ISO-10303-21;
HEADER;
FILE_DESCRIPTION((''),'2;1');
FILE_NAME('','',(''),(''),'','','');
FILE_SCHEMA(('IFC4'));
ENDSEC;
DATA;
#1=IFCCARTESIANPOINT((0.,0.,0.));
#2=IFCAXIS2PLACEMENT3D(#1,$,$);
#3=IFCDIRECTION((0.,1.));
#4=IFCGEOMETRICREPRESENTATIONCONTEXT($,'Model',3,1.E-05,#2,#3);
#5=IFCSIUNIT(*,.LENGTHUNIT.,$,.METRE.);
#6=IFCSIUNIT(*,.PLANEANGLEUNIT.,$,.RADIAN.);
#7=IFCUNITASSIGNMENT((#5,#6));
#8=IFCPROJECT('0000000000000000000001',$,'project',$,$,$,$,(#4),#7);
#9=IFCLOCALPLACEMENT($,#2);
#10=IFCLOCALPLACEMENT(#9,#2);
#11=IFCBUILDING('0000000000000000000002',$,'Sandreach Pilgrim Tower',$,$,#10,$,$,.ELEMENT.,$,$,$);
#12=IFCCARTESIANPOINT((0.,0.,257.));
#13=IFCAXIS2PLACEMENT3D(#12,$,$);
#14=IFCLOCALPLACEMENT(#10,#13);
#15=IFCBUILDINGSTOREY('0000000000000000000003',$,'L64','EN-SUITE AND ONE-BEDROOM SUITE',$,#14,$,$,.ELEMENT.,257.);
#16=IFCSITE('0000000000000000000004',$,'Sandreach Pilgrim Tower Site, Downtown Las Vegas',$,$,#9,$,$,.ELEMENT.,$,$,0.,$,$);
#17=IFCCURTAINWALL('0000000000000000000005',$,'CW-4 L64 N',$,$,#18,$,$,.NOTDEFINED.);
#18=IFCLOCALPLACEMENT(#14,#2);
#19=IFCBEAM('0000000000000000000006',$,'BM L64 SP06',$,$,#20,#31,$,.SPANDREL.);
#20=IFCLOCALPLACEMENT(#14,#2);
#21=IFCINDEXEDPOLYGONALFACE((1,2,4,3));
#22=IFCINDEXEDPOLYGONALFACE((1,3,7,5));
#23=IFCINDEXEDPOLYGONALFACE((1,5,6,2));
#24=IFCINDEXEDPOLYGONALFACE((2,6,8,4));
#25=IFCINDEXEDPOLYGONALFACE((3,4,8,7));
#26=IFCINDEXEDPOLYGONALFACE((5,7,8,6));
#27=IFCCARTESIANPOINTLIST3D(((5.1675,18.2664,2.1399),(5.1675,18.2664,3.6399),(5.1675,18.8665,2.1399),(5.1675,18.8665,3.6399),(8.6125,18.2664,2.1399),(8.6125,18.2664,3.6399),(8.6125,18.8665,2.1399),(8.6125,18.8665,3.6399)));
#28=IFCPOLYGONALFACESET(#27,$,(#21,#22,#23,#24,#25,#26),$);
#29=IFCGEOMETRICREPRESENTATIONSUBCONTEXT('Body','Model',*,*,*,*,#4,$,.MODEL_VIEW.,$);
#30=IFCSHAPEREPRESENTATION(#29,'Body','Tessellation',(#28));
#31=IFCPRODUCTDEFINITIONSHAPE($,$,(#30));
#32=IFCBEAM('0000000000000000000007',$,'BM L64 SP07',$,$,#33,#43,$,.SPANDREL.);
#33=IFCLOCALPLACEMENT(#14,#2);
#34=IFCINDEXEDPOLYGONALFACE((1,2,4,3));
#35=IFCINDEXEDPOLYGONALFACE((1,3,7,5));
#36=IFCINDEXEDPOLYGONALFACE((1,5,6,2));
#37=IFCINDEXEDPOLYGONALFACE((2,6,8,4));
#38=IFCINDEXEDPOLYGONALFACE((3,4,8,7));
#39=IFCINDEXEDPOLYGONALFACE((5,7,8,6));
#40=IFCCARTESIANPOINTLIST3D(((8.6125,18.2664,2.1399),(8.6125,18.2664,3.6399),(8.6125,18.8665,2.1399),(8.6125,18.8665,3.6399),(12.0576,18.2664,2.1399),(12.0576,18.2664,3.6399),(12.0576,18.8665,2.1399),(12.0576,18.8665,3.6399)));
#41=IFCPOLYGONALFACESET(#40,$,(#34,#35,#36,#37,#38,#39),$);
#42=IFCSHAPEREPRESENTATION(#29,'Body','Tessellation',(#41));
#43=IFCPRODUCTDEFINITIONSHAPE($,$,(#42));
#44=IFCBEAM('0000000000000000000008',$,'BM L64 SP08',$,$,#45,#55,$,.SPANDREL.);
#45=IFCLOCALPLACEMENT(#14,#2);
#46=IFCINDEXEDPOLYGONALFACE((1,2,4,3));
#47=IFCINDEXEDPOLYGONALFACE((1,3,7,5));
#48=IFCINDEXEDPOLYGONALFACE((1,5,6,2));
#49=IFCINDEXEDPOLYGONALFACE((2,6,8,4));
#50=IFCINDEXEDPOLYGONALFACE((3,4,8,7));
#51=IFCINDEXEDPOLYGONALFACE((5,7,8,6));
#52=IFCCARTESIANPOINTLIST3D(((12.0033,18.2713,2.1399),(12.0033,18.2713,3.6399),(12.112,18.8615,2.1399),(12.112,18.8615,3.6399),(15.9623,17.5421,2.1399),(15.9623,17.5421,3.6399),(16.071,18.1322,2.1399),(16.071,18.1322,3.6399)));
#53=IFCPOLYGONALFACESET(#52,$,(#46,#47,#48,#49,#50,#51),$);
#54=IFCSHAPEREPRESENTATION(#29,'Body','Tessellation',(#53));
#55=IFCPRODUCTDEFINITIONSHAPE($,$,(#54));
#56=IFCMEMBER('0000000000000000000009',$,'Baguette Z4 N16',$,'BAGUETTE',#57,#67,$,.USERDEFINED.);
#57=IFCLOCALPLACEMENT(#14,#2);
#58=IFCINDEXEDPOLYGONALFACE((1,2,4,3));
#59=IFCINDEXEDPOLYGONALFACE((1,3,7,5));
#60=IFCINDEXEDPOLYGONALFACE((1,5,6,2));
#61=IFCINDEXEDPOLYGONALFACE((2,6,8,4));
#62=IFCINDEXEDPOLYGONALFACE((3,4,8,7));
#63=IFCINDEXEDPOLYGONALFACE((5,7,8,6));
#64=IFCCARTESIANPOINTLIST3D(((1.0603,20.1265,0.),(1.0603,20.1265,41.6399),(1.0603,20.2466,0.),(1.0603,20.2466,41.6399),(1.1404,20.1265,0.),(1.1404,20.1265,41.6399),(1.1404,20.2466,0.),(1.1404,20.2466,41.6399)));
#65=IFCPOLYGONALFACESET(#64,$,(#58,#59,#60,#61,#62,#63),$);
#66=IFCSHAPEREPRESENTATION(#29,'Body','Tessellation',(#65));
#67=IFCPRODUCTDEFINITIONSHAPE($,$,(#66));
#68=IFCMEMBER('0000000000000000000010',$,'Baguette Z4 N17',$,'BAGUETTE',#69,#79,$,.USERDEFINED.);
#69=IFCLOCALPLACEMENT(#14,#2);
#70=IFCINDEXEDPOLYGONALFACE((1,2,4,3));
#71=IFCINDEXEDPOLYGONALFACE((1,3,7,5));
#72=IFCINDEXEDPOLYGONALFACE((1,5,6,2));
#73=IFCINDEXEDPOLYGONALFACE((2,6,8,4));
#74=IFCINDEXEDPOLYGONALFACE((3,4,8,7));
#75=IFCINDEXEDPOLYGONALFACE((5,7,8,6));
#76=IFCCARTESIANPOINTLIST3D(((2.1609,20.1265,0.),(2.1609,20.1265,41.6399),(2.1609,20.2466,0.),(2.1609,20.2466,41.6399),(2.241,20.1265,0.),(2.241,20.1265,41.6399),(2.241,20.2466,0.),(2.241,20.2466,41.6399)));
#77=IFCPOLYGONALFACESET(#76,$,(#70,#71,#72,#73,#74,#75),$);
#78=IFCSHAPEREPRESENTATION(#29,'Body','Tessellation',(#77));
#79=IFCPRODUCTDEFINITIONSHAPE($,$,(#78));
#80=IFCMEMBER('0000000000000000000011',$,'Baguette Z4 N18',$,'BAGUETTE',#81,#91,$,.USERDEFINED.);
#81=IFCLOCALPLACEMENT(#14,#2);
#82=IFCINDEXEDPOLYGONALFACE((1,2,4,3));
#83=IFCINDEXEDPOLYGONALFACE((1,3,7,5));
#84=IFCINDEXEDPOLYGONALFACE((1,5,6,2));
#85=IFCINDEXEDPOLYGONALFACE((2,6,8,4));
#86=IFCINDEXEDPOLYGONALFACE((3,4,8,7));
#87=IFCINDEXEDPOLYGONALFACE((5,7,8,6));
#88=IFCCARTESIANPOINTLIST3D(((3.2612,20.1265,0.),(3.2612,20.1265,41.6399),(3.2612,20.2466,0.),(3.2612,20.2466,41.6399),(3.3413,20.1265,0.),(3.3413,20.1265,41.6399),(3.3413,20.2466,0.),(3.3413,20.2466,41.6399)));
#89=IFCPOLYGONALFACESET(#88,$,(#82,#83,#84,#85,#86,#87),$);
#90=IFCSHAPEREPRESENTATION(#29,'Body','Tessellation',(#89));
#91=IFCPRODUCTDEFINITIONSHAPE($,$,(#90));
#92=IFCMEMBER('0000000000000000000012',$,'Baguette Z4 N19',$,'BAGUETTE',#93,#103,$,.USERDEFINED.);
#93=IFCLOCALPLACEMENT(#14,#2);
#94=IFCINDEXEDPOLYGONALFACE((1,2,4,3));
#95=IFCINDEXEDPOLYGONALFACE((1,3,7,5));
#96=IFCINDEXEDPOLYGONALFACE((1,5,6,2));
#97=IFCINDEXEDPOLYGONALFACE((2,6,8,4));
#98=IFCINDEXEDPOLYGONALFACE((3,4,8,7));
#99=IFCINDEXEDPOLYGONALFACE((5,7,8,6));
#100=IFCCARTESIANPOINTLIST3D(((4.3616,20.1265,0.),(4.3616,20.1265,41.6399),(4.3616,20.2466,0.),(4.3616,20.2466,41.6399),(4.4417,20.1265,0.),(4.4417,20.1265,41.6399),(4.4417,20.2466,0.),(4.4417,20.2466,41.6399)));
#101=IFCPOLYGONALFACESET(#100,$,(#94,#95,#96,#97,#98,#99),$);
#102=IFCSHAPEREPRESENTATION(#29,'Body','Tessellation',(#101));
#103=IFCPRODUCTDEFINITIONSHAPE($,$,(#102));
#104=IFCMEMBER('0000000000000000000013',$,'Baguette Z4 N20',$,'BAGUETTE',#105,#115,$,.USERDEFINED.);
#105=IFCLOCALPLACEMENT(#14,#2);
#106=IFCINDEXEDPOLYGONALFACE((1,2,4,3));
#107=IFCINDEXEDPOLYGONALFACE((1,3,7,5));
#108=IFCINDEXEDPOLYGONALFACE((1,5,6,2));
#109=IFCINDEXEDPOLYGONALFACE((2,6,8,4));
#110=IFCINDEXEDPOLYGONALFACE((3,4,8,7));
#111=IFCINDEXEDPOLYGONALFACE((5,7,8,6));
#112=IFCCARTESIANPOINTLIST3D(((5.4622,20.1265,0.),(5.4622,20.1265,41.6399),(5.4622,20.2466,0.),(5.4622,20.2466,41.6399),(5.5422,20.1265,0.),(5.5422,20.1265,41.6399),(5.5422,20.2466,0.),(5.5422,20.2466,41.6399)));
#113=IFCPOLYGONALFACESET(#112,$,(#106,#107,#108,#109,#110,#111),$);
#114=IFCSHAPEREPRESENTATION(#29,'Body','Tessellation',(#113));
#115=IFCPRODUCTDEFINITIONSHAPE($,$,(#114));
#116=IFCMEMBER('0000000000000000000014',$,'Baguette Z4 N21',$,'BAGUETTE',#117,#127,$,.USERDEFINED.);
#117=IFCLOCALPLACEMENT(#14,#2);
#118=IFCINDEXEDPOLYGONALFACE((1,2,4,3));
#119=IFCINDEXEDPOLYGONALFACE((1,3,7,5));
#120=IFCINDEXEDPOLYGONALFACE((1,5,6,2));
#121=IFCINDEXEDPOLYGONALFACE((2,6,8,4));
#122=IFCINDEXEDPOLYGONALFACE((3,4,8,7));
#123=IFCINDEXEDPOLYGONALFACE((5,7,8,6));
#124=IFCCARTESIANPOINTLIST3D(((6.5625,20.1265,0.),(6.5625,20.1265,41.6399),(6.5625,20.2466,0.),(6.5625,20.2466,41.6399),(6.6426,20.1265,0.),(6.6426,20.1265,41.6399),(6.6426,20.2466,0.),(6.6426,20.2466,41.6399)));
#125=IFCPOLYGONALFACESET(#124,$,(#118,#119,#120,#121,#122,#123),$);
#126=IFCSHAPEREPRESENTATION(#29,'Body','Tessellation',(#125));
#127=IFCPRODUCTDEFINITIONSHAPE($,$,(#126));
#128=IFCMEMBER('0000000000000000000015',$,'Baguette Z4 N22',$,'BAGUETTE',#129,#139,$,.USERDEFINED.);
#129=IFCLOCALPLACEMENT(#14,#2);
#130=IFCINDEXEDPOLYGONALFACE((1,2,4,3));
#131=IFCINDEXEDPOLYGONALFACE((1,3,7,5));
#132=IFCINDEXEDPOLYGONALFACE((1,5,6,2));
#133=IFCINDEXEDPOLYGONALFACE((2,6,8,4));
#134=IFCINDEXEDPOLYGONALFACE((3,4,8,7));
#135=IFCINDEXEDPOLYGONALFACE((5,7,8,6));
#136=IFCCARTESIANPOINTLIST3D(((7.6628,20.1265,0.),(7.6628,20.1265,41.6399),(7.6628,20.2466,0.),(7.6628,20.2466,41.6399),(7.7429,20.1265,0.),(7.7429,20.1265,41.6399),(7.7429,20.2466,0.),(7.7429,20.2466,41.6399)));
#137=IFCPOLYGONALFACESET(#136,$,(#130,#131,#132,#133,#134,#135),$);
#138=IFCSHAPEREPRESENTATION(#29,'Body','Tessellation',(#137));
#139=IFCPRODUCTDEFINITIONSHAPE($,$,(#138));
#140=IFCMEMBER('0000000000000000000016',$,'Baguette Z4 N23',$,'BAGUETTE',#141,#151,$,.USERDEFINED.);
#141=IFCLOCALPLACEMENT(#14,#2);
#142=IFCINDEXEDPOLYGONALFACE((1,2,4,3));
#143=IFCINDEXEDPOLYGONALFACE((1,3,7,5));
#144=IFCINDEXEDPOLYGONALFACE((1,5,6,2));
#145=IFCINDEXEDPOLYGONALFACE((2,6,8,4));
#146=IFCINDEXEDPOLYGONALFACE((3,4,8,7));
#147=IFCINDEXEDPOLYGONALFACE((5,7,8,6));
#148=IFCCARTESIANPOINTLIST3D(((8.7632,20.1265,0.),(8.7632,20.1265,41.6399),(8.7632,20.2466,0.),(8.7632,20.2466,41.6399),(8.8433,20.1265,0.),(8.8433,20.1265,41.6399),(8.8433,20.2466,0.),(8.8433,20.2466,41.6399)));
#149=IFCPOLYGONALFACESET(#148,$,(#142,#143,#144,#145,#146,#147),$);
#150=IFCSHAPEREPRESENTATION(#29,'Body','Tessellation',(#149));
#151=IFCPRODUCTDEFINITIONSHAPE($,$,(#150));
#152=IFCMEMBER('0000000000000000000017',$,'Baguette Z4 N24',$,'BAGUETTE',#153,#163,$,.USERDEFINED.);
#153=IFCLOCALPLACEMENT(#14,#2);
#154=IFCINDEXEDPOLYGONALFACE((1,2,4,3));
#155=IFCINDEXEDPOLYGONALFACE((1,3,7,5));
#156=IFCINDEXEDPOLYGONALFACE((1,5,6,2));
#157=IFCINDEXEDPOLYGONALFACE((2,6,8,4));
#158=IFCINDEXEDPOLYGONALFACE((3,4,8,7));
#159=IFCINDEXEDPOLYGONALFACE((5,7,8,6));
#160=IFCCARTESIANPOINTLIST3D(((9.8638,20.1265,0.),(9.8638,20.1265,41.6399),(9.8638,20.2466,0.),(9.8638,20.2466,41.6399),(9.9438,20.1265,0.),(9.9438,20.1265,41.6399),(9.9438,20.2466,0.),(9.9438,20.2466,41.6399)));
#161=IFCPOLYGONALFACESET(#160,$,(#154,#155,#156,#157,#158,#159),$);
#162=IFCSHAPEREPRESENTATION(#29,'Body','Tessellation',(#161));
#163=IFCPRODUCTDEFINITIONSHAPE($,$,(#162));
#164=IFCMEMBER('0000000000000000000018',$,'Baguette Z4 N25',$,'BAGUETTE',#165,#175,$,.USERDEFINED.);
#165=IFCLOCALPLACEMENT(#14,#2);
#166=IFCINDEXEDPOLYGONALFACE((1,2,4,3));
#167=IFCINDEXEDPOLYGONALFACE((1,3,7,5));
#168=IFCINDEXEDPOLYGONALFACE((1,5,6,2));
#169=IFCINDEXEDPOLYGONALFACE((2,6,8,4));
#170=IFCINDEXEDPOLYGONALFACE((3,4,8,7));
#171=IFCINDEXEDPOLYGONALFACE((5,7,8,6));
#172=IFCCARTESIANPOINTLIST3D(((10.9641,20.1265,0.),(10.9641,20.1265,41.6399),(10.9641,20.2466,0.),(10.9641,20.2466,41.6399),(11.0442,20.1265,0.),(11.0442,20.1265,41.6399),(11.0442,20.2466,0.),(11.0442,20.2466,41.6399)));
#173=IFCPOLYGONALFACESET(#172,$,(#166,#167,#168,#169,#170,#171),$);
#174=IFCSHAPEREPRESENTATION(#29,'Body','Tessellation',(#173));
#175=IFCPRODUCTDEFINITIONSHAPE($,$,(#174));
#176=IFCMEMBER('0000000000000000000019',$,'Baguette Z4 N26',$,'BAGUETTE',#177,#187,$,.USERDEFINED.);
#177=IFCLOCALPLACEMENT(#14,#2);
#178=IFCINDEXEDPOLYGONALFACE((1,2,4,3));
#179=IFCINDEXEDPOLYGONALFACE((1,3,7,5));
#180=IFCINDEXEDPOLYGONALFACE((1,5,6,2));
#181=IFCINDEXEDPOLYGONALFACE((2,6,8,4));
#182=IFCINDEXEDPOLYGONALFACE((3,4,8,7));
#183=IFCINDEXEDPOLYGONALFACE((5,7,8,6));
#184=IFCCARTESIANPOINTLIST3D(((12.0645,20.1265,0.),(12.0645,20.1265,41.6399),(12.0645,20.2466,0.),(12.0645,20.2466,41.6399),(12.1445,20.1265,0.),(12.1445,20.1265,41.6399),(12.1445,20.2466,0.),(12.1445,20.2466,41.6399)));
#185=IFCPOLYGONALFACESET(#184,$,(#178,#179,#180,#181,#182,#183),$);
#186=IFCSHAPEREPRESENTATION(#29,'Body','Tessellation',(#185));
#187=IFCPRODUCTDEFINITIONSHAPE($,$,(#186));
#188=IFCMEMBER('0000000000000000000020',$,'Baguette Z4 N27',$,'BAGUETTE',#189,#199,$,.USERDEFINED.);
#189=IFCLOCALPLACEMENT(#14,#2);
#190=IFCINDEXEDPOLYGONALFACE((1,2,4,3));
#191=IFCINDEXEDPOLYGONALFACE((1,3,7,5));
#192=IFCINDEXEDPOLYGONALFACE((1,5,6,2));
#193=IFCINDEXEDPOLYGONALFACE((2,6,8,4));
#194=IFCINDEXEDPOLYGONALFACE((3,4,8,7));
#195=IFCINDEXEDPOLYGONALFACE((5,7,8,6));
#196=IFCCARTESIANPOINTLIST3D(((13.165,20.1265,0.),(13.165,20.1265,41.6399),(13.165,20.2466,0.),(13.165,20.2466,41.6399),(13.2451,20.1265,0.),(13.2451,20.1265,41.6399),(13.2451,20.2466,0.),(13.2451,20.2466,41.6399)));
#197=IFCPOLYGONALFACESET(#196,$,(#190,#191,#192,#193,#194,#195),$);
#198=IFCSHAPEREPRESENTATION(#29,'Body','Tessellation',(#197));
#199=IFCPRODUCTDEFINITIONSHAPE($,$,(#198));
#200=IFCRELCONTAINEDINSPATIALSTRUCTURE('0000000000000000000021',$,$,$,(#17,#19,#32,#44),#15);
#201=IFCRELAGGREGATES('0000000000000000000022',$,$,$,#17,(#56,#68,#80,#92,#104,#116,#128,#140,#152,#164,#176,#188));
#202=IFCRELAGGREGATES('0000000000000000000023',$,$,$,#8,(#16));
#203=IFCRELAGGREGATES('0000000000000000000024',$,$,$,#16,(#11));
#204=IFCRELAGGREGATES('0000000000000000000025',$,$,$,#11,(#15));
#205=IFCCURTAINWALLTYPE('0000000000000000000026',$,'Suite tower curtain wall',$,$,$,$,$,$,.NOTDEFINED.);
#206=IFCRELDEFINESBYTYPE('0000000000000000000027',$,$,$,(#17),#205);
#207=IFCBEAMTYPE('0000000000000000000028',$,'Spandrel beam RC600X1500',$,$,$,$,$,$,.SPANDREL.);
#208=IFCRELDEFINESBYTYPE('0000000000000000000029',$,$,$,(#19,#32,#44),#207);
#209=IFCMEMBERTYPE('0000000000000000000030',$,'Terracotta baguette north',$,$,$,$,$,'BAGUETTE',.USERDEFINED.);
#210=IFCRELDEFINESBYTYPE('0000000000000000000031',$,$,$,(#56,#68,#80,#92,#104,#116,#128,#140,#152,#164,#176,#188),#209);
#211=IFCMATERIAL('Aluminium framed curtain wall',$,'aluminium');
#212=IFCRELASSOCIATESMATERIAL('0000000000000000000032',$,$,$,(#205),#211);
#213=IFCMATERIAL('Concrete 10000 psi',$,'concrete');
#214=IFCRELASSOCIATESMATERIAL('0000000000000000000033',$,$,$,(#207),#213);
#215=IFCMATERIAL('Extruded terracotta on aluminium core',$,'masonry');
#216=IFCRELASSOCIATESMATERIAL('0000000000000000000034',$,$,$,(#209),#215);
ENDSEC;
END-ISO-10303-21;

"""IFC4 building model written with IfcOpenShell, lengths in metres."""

from ifc_helpers import new_model, si_unit, direction, frame, origin, origin_2d, place, context, subcontext, project, spatial, rectangle, extrude, material, material_profile, profile_set, type_object, element, aggregate, save


model = new_model("IFC4")

# Units and contexts
model_context = context("Model", 3, precision=1e-05, world=origin(), true_north=direction((0.0, 1.0)))
body_context = subcontext(model_context, "Body", "Model", "MODEL_VIEW")
ifc_project = project(units=[si_unit("LENGTHUNIT", "METRE"), si_unit("PLANEANGLEUNIT", "RADIAN")], contexts=[model_context])

# Site, building, storey
site_placement = place(None, origin())
site = spatial("IfcSite", under=ifc_project, at=site_placement, Name="Sandreach Pilgrim Tower Site, Downtown Las Vegas", CompositionType="ELEMENT", RefElevation=0.0)
building_placement = place(site_placement, origin())
building = spatial("IfcBuilding", under=site, at=building_placement, Name="Sandreach Pilgrim Tower", CompositionType="ELEMENT")
storey_placement = place(building_placement, frame((0.0, 0.0, 257.0)))
storey = spatial("IfcBuildingStorey", under=building, at=storey_placement, Name="L64", Description="EN-SUITE AND ONE-BEDROOM SUITE", CompositionType="ELEMENT", Elevation=257.0)

# Curtain wall
ifc_material_1 = material(Name="Aluminium framed curtain wall", Category="aluminium")
curtain_wall_type = type_object("IfcCurtainWallType", Name="Suite tower curtain wall", PredefinedType="NOTDEFINED", material=ifc_material_1)
curtain_wall_placement = place(storey_placement, origin())
curtain_wall = element("IfcCurtainWall", 1, at=curtain_wall_placement, inside=storey, type_object=curtain_wall_type, Name="CW-4 L64 N", PredefinedType="NOTDEFINED")

# Beams
ifc_material_2 = material(Name="Concrete 10000 psi", Category="concrete")
ifc_material_profile_1 = material_profile(ifc_material_2, rectangle(XDim=0.6001, YDim=1.5, at=origin_2d()), Name="RC600X1500")
ifc_profile_set_1 = profile_set([ifc_material_profile_1], Name="Concrete 10000 psi")
beam_type_1 = type_object("IfcBeamType", Name="Spandrel beam RC600X1500", PredefinedType="SPANDREL", material=ifc_profile_set_1)
for number, where, z_axis, x_axis, name in (
    (2, (5.1675, 18.5664, 2.8899), (1.0, 0.0, 0.0), (0.0, 1.0, 0.0), "BM L64 SP06"),
    (3, (8.6125, 18.5664, 2.8899), (1.0, 0.0, 0.0), (0.0, 1.0, 0.0), "BM L64 SP07"),
):
    element("IfcBeam", number, at=place(storey_placement, frame(where, z_axis=z_axis, x_axis=x_axis)), inside=storey, type_object=beam_type_1, Name=name, PredefinedType="SPANDREL", context=body_context, shape_type="SweptSolid", body=[
        extrude(rectangle(XDim=0.6001, YDim=1.5, at=origin_2d()), origin(), (0.0, 0.0, 1.0), 3.4451),
    ])
beam_1_placement = place(storey_placement, frame((12.0576, 18.5664, 2.8899), z_axis=(0.983455, -0.181153, 0.0), x_axis=(0.181153, 0.983455, 0.0)))
element("IfcBeam", 4, at=beam_1_placement, inside=storey, type_object=beam_type_1, Name="BM L64 SP08", PredefinedType="SPANDREL", context=body_context, shape_type="SweptSolid", body=[
    extrude(rectangle(XDim=0.6001, YDim=1.5, at=origin_2d()), origin(), (0.0, 0.0, 1.0), 4.0256),
])

# Members
ifc_material_3 = material(Name="Extruded terracotta on aluminium core", Category="masonry")
ifc_material_profile_2 = material_profile(ifc_material_3, rectangle(XDim=0.0801, YDim=0.1201, at=origin_2d()), Name="TBN 80X120")
ifc_profile_set_2 = profile_set([ifc_material_profile_2], Name="Extruded terracotta on aluminium core")
member_type_1 = type_object("IfcMemberType", Name="Terracotta baguette north", ElementType="BAGUETTE", PredefinedType="USERDEFINED", material=ifc_profile_set_2)
member_1_placement = place(storey_placement, frame((1.1003, 20.1865, 0.0), z_axis=(0.0, 0.0, 1.0), x_axis=(1.0, 0.0, 0.0)))
member_1 = element("IfcMember", 5, at=member_1_placement, type_object=member_type_1, Name="Baguette Z4 N16", ObjectType="BAGUETTE", PredefinedType="USERDEFINED", context=body_context, shape_type="SweptSolid", body=[
    extrude(rectangle(XDim=0.0801, YDim=0.1201, at=origin_2d()), origin(), (0.0, 0.0, 1.0), 41.6399),
])
member_2_placement = place(storey_placement, frame((2.2009, 20.1865, 0.0), z_axis=(0.0, 0.0, 1.0), x_axis=(1.0, 0.0, 0.0)))
member_2 = element("IfcMember", 6, at=member_2_placement, type_object=member_type_1, Name="Baguette Z4 N17", ObjectType="BAGUETTE", PredefinedType="USERDEFINED", context=body_context, shape_type="SweptSolid", body=[
    extrude(rectangle(XDim=0.0801, YDim=0.1201, at=origin_2d()), origin(), (0.0, 0.0, 1.0), 41.6399),
])
member_3_placement = place(storey_placement, frame((3.3013, 20.1865, 0.0), z_axis=(0.0, 0.0, 1.0), x_axis=(1.0, 0.0, 0.0)))
member_3 = element("IfcMember", 7, at=member_3_placement, type_object=member_type_1, Name="Baguette Z4 N18", ObjectType="BAGUETTE", PredefinedType="USERDEFINED", context=body_context, shape_type="SweptSolid", body=[
    extrude(rectangle(XDim=0.0801, YDim=0.1201, at=origin_2d()), origin(), (0.0, 0.0, 1.0), 41.6399),
])
member_4_placement = place(storey_placement, frame((4.4016, 20.1865, 0.0), z_axis=(0.0, 0.0, 1.0), x_axis=(1.0, 0.0, 0.0)))
member_4 = element("IfcMember", 8, at=member_4_placement, type_object=member_type_1, Name="Baguette Z4 N19", ObjectType="BAGUETTE", PredefinedType="USERDEFINED", context=body_context, shape_type="SweptSolid", body=[
    extrude(rectangle(XDim=0.0801, YDim=0.1201, at=origin_2d()), origin(), (0.0, 0.0, 1.0), 41.6399),
])
member_5_placement = place(storey_placement, frame((5.5022, 20.1865, 0.0), z_axis=(0.0, 0.0, 1.0), x_axis=(1.0, 0.0, 0.0)))
member_5 = element("IfcMember", 9, at=member_5_placement, type_object=member_type_1, Name="Baguette Z4 N20", ObjectType="BAGUETTE", PredefinedType="USERDEFINED", context=body_context, shape_type="SweptSolid", body=[
    extrude(rectangle(XDim=0.0801, YDim=0.1201, at=origin_2d()), origin(), (0.0, 0.0, 1.0), 41.6399),
])
member_6_placement = place(storey_placement, frame((6.6025, 20.1865, 0.0), z_axis=(0.0, 0.0, 1.0), x_axis=(1.0, 0.0, 0.0)))
member_6 = element("IfcMember", 10, at=member_6_placement, type_object=member_type_1, Name="Baguette Z4 N21", ObjectType="BAGUETTE", PredefinedType="USERDEFINED", context=body_context, shape_type="SweptSolid", body=[
    extrude(rectangle(XDim=0.0801, YDim=0.1201, at=origin_2d()), origin(), (0.0, 0.0, 1.0), 41.6399),
])
member_7_placement = place(storey_placement, frame((7.7029, 20.1865, 0.0), z_axis=(0.0, 0.0, 1.0), x_axis=(1.0, 0.0, 0.0)))
member_7 = element("IfcMember", 11, at=member_7_placement, type_object=member_type_1, Name="Baguette Z4 N22", ObjectType="BAGUETTE", PredefinedType="USERDEFINED", context=body_context, shape_type="SweptSolid", body=[
    extrude(rectangle(XDim=0.0801, YDim=0.1201, at=origin_2d()), origin(), (0.0, 0.0, 1.0), 41.6399),
])
member_8_placement = place(storey_placement, frame((8.8032, 20.1865, 0.0), z_axis=(0.0, 0.0, 1.0), x_axis=(1.0, 0.0, 0.0)))
member_8 = element("IfcMember", 12, at=member_8_placement, type_object=member_type_1, Name="Baguette Z4 N23", ObjectType="BAGUETTE", PredefinedType="USERDEFINED", context=body_context, shape_type="SweptSolid", body=[
    extrude(rectangle(XDim=0.0801, YDim=0.1201, at=origin_2d()), origin(), (0.0, 0.0, 1.0), 41.6399),
])
member_9_placement = place(storey_placement, frame((9.9038, 20.1865, 0.0), z_axis=(0.0, 0.0, 1.0), x_axis=(1.0, 0.0, 0.0)))
member_9 = element("IfcMember", 13, at=member_9_placement, type_object=member_type_1, Name="Baguette Z4 N24", ObjectType="BAGUETTE", PredefinedType="USERDEFINED", context=body_context, shape_type="SweptSolid", body=[
    extrude(rectangle(XDim=0.0801, YDim=0.1201, at=origin_2d()), origin(), (0.0, 0.0, 1.0), 41.6399),
])
member_10_placement = place(storey_placement, frame((11.0042, 20.1865, 0.0), z_axis=(0.0, 0.0, 1.0), x_axis=(1.0, 0.0, 0.0)))
member_10 = element("IfcMember", 14, at=member_10_placement, type_object=member_type_1, Name="Baguette Z4 N25", ObjectType="BAGUETTE", PredefinedType="USERDEFINED", context=body_context, shape_type="SweptSolid", body=[
    extrude(rectangle(XDim=0.0801, YDim=0.1201, at=origin_2d()), origin(), (0.0, 0.0, 1.0), 41.6399),
])
member_11_placement = place(storey_placement, frame((12.1045, 20.1865, 0.0), z_axis=(0.0, 0.0, 1.0), x_axis=(1.0, 0.0, 0.0)))
member_11 = element("IfcMember", 15, at=member_11_placement, type_object=member_type_1, Name="Baguette Z4 N26", ObjectType="BAGUETTE", PredefinedType="USERDEFINED", context=body_context, shape_type="SweptSolid", body=[
    extrude(rectangle(XDim=0.0801, YDim=0.1201, at=origin_2d()), origin(), (0.0, 0.0, 1.0), 41.6399),
])
member_12_placement = place(storey_placement, frame((13.2051, 20.1865, 0.0), z_axis=(0.0, 0.0, 1.0), x_axis=(1.0, 0.0, 0.0)))
member_12 = element("IfcMember", 16, at=member_12_placement, type_object=member_type_1, Name="Baguette Z4 N27", ObjectType="BAGUETTE", PredefinedType="USERDEFINED", context=body_context, shape_type="SweptSolid", body=[
    extrude(rectangle(XDim=0.0801, YDim=0.1201, at=origin_2d()), origin(), (0.0, 0.0, 1.0), 41.6399),
])

aggregate(curtain_wall, [member_1, member_2, member_3, member_4, member_5, member_6, member_7, member_8, member_9, member_10, member_11, member_12])

save(model, "model.ifc")
